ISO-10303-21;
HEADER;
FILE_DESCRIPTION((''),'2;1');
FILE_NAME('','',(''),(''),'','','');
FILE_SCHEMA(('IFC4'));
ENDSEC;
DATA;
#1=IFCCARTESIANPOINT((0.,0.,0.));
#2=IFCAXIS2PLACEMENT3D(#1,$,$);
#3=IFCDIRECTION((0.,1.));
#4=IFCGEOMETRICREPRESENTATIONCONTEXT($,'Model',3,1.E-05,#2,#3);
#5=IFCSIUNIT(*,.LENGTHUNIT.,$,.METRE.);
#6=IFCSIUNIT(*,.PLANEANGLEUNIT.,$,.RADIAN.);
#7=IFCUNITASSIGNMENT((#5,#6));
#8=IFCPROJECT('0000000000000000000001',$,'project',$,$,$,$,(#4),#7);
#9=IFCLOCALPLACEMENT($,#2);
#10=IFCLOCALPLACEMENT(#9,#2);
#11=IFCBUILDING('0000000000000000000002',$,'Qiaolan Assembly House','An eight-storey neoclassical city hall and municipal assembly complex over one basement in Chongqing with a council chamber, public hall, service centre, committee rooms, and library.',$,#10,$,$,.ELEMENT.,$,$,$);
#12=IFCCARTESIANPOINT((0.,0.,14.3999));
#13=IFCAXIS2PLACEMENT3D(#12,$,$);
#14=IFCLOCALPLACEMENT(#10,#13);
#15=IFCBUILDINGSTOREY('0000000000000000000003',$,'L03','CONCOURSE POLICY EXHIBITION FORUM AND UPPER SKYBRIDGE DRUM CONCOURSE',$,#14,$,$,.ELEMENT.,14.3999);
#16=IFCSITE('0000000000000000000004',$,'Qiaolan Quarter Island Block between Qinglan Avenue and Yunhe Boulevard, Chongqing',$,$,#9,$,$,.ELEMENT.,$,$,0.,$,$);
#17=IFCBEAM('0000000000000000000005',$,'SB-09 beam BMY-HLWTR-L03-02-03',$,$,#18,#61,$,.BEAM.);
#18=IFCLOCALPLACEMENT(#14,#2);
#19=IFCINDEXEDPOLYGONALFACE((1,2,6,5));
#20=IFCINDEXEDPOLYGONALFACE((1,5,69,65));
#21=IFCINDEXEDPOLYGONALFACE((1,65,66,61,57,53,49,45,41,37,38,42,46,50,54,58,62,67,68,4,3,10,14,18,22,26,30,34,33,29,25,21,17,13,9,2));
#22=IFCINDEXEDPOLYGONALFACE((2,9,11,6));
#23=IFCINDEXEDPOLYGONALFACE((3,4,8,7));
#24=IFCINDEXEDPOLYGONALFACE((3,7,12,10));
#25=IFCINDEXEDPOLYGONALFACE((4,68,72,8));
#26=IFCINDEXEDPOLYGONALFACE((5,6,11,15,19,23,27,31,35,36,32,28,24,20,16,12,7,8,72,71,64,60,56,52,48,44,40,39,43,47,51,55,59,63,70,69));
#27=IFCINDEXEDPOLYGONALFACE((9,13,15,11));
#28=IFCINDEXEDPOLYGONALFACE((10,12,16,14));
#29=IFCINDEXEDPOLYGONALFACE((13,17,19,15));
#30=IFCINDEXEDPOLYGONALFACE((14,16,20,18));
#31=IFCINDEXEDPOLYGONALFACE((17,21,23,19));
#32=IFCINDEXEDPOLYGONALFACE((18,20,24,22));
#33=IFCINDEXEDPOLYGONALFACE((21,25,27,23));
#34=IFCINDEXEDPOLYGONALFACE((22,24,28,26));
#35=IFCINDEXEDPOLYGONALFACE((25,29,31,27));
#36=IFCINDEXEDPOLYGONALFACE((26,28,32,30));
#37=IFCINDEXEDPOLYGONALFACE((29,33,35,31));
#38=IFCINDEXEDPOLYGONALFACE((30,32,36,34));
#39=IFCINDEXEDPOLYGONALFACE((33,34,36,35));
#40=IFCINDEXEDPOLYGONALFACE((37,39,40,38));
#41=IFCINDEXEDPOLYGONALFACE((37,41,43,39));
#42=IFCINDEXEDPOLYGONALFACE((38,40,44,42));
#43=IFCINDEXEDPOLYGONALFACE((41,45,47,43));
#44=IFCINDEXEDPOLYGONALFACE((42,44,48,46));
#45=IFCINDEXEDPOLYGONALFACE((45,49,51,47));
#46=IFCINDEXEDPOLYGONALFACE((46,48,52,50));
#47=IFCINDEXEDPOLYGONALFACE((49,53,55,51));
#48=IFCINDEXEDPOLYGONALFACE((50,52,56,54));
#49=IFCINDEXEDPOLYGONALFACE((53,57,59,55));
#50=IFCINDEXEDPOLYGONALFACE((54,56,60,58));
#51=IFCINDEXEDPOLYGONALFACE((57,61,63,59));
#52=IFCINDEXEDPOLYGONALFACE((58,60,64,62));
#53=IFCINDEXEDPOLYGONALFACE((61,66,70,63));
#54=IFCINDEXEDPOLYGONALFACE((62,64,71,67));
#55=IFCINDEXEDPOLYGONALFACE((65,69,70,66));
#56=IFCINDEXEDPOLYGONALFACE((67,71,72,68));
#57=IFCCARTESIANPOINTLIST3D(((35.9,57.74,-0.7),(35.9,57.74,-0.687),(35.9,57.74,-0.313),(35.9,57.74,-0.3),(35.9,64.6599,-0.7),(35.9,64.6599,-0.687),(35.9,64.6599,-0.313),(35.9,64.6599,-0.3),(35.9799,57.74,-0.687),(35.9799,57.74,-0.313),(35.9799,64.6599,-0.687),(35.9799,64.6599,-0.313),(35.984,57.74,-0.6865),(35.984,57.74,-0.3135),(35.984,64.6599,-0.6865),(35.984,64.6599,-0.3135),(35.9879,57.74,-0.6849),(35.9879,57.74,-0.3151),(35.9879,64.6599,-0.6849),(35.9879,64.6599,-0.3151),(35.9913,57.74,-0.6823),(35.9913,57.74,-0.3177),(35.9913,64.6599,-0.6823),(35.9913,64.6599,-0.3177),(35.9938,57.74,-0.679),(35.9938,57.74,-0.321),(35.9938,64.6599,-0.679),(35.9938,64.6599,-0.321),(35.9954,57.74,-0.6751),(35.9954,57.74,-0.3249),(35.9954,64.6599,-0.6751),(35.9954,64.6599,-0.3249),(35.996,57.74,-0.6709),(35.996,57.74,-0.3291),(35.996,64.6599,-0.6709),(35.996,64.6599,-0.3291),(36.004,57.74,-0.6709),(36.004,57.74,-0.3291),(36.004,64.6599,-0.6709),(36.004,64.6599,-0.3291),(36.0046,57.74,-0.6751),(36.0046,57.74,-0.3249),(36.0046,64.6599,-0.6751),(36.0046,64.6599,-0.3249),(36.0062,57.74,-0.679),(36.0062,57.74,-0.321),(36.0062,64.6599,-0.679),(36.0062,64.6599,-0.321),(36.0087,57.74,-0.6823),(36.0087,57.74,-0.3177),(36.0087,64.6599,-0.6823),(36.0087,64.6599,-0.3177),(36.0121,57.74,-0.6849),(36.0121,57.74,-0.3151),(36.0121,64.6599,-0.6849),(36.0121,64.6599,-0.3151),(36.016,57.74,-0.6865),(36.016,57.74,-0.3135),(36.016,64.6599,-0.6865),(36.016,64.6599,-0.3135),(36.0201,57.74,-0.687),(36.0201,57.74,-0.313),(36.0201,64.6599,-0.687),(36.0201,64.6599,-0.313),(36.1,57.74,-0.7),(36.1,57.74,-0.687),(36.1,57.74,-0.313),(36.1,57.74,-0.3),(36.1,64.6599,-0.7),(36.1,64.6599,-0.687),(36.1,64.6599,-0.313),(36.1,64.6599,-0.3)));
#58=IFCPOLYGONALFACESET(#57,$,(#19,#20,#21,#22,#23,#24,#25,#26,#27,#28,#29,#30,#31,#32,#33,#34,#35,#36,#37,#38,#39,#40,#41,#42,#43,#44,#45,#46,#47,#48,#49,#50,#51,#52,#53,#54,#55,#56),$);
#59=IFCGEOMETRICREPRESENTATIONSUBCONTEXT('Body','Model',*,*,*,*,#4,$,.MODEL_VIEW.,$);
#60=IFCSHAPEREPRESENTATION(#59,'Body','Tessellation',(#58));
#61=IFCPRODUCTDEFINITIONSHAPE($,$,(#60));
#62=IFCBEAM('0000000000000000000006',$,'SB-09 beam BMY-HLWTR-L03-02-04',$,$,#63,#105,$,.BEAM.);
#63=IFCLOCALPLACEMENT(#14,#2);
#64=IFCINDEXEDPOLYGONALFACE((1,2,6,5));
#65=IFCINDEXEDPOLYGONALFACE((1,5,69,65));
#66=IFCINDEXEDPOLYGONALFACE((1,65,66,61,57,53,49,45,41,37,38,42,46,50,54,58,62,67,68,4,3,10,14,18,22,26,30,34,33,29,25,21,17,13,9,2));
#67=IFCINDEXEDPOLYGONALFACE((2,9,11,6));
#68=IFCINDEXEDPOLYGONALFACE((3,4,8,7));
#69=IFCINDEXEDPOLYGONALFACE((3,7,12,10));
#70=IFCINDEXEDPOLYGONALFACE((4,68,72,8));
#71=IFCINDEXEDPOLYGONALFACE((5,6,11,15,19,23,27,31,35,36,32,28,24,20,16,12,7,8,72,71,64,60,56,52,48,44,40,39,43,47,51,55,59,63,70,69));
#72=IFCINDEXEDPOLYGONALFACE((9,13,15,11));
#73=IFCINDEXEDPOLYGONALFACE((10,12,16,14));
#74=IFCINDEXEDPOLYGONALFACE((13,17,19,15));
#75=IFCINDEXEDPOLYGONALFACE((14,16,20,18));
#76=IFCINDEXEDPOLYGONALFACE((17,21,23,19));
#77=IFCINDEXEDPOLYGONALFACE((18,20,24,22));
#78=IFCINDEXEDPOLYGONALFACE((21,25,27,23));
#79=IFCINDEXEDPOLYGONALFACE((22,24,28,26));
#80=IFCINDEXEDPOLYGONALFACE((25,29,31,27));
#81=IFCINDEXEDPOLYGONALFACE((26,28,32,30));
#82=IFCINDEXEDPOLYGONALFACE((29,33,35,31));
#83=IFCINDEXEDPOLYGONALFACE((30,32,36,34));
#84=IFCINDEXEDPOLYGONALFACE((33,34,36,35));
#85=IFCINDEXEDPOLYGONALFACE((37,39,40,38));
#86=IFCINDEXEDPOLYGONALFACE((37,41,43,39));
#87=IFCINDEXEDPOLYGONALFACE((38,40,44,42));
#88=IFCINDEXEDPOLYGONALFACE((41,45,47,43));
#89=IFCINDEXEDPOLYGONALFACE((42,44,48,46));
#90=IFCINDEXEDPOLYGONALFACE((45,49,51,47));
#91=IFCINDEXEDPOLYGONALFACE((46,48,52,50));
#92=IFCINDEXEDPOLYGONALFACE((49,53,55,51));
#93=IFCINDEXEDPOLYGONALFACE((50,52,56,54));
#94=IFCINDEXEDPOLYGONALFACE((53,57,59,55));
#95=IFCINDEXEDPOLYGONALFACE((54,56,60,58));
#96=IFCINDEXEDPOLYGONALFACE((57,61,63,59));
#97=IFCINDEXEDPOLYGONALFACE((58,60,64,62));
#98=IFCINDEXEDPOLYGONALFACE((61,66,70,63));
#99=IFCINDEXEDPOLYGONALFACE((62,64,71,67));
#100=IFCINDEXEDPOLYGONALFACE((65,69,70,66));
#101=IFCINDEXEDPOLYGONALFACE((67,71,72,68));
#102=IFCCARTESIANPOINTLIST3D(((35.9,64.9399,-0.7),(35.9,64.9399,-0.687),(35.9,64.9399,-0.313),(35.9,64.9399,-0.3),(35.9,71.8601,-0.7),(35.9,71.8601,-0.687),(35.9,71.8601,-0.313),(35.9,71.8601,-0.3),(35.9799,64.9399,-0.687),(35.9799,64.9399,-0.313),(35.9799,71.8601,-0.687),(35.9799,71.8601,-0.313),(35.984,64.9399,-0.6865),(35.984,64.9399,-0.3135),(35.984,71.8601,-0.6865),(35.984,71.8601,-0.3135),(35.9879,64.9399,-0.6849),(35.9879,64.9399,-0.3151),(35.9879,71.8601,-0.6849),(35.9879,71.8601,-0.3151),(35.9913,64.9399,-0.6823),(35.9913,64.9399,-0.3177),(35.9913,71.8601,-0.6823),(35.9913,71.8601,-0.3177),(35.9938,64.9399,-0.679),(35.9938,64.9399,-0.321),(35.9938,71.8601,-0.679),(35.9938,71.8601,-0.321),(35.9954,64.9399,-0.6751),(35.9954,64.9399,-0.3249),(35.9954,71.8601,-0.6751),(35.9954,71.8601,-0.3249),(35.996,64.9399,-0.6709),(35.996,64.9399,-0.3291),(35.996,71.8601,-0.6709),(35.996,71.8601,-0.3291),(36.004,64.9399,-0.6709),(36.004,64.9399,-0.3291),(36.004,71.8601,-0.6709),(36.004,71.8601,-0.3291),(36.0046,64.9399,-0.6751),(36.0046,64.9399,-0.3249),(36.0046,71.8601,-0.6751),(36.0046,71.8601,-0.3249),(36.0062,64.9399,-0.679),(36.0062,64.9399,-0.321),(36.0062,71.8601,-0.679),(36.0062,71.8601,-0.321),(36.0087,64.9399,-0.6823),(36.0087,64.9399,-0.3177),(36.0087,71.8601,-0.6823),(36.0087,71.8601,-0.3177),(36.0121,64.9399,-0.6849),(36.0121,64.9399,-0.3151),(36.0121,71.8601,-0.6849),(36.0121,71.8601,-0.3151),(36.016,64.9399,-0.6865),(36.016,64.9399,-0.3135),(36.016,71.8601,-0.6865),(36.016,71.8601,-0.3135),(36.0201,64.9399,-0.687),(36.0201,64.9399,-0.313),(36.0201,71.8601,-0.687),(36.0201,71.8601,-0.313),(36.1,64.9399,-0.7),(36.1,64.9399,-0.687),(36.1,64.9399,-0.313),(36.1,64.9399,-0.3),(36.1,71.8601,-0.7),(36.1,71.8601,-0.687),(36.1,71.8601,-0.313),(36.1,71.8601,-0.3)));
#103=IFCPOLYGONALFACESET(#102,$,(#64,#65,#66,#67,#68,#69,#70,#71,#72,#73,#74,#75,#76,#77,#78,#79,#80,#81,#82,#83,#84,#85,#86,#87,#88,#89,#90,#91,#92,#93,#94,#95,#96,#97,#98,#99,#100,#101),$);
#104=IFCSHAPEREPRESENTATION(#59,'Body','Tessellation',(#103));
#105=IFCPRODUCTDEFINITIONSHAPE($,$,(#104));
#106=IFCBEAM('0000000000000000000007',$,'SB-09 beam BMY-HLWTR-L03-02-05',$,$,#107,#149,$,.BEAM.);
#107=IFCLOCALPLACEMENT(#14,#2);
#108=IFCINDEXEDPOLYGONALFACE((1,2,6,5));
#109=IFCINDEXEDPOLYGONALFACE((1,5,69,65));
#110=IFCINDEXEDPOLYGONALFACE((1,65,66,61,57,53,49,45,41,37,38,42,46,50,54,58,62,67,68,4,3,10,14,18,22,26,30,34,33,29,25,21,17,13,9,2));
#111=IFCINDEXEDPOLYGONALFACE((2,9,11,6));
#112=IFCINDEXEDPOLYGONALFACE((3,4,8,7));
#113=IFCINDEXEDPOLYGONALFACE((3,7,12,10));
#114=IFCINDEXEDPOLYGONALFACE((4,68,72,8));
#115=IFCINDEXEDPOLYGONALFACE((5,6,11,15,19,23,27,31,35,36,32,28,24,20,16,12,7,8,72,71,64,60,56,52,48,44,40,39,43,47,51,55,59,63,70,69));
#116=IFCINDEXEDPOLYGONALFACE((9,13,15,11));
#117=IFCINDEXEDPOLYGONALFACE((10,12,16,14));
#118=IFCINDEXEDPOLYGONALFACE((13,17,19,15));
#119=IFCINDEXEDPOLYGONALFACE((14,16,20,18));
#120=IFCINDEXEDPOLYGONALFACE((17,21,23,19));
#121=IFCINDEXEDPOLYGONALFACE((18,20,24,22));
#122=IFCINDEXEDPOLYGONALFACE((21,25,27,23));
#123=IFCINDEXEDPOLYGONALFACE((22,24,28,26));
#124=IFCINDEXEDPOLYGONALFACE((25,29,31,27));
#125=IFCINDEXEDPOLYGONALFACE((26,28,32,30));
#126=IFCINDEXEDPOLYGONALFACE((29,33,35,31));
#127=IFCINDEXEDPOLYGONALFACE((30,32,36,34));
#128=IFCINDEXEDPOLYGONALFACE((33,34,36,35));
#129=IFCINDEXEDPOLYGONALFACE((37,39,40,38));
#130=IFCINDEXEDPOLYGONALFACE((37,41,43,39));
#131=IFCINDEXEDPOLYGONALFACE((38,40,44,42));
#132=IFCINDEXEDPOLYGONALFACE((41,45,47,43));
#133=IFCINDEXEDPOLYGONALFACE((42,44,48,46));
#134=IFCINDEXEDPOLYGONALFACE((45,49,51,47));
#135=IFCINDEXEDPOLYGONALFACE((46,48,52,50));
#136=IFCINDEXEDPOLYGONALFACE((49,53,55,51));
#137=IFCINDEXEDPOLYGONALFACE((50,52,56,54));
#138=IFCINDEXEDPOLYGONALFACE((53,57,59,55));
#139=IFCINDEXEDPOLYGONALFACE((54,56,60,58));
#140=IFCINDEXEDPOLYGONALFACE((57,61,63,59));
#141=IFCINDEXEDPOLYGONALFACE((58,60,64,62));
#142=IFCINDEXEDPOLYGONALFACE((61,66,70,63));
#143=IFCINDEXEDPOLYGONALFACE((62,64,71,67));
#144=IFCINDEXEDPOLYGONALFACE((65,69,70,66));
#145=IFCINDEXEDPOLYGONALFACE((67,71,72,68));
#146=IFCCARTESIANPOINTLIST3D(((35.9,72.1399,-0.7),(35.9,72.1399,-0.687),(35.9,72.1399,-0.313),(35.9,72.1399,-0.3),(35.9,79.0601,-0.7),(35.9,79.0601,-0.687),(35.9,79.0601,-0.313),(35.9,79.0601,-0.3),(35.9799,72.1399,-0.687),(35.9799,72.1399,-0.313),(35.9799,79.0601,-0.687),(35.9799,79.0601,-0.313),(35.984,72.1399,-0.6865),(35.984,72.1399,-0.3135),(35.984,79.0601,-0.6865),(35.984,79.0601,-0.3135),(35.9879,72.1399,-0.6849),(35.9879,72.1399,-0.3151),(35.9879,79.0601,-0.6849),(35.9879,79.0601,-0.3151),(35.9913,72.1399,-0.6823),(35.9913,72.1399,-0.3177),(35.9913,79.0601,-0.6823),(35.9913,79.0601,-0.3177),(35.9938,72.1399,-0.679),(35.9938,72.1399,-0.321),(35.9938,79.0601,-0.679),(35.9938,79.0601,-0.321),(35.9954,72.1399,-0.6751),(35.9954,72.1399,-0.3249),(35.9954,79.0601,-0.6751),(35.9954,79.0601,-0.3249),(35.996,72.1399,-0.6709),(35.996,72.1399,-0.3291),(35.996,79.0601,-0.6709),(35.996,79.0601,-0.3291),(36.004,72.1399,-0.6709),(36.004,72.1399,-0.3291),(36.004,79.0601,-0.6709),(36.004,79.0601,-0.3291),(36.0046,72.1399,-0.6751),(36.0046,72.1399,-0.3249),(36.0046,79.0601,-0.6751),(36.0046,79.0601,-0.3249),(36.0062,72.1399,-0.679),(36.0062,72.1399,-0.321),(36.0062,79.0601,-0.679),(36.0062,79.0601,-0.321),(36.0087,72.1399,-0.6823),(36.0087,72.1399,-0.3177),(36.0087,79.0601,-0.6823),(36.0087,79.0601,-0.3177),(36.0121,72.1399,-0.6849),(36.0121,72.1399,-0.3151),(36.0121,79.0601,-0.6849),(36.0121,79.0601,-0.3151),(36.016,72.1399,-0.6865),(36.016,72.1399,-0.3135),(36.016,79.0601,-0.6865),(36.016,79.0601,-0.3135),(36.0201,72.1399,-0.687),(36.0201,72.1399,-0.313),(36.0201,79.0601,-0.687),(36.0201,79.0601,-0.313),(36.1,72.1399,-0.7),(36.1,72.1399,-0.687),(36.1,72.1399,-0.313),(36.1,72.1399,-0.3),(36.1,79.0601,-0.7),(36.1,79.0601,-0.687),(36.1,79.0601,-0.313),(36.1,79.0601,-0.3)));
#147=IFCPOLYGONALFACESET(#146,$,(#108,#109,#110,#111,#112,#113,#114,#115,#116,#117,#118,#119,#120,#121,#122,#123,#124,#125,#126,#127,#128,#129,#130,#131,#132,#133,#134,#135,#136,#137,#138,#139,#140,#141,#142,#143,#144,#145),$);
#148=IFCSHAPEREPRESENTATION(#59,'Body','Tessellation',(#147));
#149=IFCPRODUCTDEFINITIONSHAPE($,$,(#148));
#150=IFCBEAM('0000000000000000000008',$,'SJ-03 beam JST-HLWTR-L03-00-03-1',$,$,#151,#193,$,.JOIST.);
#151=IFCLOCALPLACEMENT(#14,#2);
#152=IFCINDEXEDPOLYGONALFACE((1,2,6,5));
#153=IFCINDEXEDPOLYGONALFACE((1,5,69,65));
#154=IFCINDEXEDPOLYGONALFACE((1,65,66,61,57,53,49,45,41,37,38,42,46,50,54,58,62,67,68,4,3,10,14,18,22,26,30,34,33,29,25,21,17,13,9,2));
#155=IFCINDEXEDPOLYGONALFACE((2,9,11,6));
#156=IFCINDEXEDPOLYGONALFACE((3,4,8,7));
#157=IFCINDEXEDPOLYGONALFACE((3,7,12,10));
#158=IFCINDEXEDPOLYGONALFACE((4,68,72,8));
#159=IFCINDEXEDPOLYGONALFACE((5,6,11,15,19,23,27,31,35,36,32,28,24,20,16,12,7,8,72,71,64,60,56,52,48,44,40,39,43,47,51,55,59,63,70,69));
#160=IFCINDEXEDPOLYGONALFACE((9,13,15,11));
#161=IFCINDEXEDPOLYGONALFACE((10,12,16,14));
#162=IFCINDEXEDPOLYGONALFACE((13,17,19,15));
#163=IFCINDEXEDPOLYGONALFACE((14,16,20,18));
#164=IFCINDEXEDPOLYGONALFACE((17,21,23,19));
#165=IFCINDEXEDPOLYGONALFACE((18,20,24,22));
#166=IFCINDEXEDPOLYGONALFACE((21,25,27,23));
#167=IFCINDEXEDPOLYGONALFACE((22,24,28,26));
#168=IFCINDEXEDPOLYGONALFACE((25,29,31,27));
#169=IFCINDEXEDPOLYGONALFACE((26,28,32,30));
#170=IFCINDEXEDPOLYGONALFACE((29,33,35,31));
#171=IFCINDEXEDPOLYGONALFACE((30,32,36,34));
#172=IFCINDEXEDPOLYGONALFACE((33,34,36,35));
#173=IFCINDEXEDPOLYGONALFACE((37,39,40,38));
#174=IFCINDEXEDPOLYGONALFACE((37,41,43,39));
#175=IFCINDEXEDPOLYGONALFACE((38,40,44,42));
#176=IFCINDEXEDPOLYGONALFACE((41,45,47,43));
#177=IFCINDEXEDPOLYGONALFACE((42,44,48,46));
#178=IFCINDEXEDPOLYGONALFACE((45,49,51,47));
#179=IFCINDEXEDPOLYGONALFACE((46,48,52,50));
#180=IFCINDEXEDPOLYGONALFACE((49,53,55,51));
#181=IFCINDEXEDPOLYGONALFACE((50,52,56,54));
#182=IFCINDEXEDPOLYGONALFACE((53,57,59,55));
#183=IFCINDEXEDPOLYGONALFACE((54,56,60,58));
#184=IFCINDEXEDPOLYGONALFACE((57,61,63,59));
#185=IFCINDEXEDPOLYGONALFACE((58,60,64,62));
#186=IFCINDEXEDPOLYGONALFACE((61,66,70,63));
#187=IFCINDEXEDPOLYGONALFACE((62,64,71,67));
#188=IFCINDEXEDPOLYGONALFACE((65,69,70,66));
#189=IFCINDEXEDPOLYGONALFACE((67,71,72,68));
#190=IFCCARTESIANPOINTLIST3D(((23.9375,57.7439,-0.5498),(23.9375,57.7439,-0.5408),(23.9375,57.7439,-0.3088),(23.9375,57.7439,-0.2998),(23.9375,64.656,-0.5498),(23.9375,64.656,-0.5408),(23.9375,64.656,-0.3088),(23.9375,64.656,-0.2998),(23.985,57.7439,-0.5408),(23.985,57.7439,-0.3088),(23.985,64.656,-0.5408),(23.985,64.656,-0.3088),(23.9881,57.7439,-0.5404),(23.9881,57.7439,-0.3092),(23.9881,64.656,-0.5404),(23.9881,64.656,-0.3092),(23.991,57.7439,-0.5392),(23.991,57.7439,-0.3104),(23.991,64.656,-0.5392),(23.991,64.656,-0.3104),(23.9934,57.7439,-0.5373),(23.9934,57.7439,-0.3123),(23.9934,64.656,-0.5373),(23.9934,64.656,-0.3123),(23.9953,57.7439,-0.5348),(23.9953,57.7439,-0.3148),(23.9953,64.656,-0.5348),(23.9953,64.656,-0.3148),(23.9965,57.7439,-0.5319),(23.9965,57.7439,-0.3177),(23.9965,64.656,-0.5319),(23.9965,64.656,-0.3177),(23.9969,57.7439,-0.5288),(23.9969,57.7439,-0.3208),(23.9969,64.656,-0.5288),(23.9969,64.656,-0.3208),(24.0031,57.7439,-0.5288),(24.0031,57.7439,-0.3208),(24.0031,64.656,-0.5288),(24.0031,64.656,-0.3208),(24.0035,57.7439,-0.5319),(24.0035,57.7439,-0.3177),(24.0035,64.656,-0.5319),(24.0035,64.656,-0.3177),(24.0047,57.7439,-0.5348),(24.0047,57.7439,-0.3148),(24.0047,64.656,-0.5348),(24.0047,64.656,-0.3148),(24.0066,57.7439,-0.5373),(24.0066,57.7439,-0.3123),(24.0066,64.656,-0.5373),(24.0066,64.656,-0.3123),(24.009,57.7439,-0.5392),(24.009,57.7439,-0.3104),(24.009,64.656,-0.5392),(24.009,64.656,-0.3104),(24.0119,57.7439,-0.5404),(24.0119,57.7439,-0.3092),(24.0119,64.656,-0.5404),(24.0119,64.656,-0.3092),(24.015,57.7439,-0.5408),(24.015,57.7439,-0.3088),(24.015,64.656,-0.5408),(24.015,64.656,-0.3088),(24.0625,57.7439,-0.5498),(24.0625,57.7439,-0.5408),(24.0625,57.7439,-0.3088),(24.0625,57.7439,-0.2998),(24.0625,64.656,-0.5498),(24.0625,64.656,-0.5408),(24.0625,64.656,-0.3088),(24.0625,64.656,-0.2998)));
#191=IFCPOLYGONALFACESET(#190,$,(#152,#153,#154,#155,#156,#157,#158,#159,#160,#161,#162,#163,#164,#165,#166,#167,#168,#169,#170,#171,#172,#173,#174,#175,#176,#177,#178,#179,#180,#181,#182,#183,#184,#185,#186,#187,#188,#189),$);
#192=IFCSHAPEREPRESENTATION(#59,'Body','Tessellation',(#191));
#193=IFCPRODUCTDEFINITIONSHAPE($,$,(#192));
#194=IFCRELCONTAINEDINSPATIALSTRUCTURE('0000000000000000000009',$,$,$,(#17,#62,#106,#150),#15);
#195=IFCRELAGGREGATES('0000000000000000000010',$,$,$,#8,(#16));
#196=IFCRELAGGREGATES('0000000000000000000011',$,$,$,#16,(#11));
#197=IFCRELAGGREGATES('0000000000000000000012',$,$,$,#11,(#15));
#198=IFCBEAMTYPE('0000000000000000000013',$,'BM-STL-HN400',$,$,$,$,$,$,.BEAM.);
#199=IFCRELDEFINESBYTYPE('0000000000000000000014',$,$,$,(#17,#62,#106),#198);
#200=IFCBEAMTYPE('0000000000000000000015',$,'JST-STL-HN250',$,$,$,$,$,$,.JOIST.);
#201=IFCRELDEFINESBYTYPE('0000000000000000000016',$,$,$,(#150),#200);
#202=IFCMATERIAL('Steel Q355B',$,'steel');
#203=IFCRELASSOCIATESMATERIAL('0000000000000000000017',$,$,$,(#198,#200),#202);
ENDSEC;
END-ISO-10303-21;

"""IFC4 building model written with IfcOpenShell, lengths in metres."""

from ifc_helpers import new_model, si_unit, direction, frame, origin, origin_2d, place, context, subcontext, project, spatial, i_section, extrude, material, material_profile, profile_set, type_object, element, save


model = new_model("IFC4")

# Units and contexts
model_context = context("Model", 3, precision=1e-05, world=origin(), true_north=direction((0.0, 1.0)))
body_context = subcontext(model_context, "Body", "Model", "MODEL_VIEW")
ifc_project = project(units=[si_unit("LENGTHUNIT", "METRE"), si_unit("PLANEANGLEUNIT", "RADIAN")], contexts=[model_context])

# Site, building, storey
site_placement = place(None, origin())
site = spatial("IfcSite", under=ifc_project, at=site_placement, Name="Qiaolan Quarter Island Block between Qinglan Avenue and Yunhe Boulevard, Chongqing", CompositionType="ELEMENT", RefElevation=0.0)
building_placement = place(site_placement, origin())
building = spatial("IfcBuilding", under=site, at=building_placement, Name="Qiaolan Assembly House", Description="An eight-storey neoclassical city hall and municipal assembly complex over one basement in Chongqing with a council chamber, public hall, service centre, committee rooms, and library.", CompositionType="ELEMENT")
storey_placement = place(building_placement, frame((0.0, 0.0, 14.3999)))
storey = spatial("IfcBuildingStorey", under=building, at=storey_placement, Name="L03", Description="CONCOURSE POLICY EXHIBITION FORUM AND UPPER SKYBRIDGE DRUM CONCOURSE", CompositionType="ELEMENT", Elevation=14.3999)

# Shared definitions
ifc_material = material(Name="Steel Q355B", Category="steel")

# Beams
ifc_material_profile_1 = material_profile(ifc_material, i_section(OverallWidth=0.2, OverallDepth=0.3999, WebThickness=0.0081, FlangeThickness=0.0129, FilletRadius=0.0161, at=origin_2d()), Name="HN 400x200x8x13")
ifc_profile_set_1 = profile_set([ifc_material_profile_1], Name="Steel Q355B")
beam_type_1 = type_object("IfcBeamType", Name="BM-STL-HN400", PredefinedType="BEAM", material=ifc_profile_set_1)
beam_1_placement = place(storey_placement, frame((36.0, 57.74, -0.5), z_axis=(0.0, 1.0, 0.0), x_axis=(-1.0, 0.0, 0.0)))
element("IfcBeam", 1, at=beam_1_placement, inside=storey, type_object=beam_type_1, Name="SB-09 beam BMY-HLWTR-L03-02-03", PredefinedType="BEAM", context=body_context, shape_type="SweptSolid", body=[
    extrude(i_section(OverallWidth=0.2, OverallDepth=0.3999, WebThickness=0.0081, FlangeThickness=0.0129, FilletRadius=0.0161, at=origin_2d()), origin(), (0.0, 0.0, 1.0), 6.9199),
])
for number, where, z_axis, x_axis, name in (
    (2, (36.0, 64.9399, -0.5), (0.0, 1.0, 0.0), (-1.0, 0.0, 0.0), "SB-09 beam BMY-HLWTR-L03-02-04"),
    (3, (36.0, 72.1399, -0.5), (0.0, 1.0, 0.0), (-1.0, 0.0, 0.0), "SB-09 beam BMY-HLWTR-L03-02-05"),
):
    element("IfcBeam", number, at=place(storey_placement, frame(where, z_axis=z_axis, x_axis=x_axis)), inside=storey, type_object=beam_type_1, Name=name, PredefinedType="BEAM", context=body_context, shape_type="SweptSolid", body=[
        extrude(i_section(OverallWidth=0.2, OverallDepth=0.3999, WebThickness=0.0081, FlangeThickness=0.0129, FilletRadius=0.0161, at=origin_2d()), origin(), (0.0, 0.0, 1.0), 6.9202),
    ])
ifc_material_profile_2 = material_profile(ifc_material, i_section(OverallWidth=0.125, OverallDepth=0.25, WebThickness=0.0061, FlangeThickness=0.009, FilletRadius=0.012, at=origin_2d()), Name="HN 250x125x6x9")
ifc_profile_set_2 = profile_set([ifc_material_profile_2], Name="Steel Q355B")
beam_type_2 = type_object("IfcBeamType", Name="JST-STL-HN250", PredefinedType="JOIST", material=ifc_profile_set_2)
for number, where, z_axis, x_axis, name in (
    (4, (24.0, 57.7439, -0.4248), (0.0, 1.0, 0.0), (-1.0, 0.0, 0.0), "SJ-03 beam JST-HLWTR-L03-00-03-1"),
):
    element("IfcBeam", number, at=place(storey_placement, frame(where, z_axis=z_axis, x_axis=x_axis)), inside=storey, type_object=beam_type_2, Name=name, PredefinedType="JOIST", context=body_context, shape_type="SweptSolid", body=[
        extrude(i_section(OverallWidth=0.125, OverallDepth=0.25, WebThickness=0.0061, FlangeThickness=0.009, FilletRadius=0.012, at=origin_2d()), origin(), (0.0, 0.0, 1.0), 6.9121),
    ])

save(model, "model.ifc")
